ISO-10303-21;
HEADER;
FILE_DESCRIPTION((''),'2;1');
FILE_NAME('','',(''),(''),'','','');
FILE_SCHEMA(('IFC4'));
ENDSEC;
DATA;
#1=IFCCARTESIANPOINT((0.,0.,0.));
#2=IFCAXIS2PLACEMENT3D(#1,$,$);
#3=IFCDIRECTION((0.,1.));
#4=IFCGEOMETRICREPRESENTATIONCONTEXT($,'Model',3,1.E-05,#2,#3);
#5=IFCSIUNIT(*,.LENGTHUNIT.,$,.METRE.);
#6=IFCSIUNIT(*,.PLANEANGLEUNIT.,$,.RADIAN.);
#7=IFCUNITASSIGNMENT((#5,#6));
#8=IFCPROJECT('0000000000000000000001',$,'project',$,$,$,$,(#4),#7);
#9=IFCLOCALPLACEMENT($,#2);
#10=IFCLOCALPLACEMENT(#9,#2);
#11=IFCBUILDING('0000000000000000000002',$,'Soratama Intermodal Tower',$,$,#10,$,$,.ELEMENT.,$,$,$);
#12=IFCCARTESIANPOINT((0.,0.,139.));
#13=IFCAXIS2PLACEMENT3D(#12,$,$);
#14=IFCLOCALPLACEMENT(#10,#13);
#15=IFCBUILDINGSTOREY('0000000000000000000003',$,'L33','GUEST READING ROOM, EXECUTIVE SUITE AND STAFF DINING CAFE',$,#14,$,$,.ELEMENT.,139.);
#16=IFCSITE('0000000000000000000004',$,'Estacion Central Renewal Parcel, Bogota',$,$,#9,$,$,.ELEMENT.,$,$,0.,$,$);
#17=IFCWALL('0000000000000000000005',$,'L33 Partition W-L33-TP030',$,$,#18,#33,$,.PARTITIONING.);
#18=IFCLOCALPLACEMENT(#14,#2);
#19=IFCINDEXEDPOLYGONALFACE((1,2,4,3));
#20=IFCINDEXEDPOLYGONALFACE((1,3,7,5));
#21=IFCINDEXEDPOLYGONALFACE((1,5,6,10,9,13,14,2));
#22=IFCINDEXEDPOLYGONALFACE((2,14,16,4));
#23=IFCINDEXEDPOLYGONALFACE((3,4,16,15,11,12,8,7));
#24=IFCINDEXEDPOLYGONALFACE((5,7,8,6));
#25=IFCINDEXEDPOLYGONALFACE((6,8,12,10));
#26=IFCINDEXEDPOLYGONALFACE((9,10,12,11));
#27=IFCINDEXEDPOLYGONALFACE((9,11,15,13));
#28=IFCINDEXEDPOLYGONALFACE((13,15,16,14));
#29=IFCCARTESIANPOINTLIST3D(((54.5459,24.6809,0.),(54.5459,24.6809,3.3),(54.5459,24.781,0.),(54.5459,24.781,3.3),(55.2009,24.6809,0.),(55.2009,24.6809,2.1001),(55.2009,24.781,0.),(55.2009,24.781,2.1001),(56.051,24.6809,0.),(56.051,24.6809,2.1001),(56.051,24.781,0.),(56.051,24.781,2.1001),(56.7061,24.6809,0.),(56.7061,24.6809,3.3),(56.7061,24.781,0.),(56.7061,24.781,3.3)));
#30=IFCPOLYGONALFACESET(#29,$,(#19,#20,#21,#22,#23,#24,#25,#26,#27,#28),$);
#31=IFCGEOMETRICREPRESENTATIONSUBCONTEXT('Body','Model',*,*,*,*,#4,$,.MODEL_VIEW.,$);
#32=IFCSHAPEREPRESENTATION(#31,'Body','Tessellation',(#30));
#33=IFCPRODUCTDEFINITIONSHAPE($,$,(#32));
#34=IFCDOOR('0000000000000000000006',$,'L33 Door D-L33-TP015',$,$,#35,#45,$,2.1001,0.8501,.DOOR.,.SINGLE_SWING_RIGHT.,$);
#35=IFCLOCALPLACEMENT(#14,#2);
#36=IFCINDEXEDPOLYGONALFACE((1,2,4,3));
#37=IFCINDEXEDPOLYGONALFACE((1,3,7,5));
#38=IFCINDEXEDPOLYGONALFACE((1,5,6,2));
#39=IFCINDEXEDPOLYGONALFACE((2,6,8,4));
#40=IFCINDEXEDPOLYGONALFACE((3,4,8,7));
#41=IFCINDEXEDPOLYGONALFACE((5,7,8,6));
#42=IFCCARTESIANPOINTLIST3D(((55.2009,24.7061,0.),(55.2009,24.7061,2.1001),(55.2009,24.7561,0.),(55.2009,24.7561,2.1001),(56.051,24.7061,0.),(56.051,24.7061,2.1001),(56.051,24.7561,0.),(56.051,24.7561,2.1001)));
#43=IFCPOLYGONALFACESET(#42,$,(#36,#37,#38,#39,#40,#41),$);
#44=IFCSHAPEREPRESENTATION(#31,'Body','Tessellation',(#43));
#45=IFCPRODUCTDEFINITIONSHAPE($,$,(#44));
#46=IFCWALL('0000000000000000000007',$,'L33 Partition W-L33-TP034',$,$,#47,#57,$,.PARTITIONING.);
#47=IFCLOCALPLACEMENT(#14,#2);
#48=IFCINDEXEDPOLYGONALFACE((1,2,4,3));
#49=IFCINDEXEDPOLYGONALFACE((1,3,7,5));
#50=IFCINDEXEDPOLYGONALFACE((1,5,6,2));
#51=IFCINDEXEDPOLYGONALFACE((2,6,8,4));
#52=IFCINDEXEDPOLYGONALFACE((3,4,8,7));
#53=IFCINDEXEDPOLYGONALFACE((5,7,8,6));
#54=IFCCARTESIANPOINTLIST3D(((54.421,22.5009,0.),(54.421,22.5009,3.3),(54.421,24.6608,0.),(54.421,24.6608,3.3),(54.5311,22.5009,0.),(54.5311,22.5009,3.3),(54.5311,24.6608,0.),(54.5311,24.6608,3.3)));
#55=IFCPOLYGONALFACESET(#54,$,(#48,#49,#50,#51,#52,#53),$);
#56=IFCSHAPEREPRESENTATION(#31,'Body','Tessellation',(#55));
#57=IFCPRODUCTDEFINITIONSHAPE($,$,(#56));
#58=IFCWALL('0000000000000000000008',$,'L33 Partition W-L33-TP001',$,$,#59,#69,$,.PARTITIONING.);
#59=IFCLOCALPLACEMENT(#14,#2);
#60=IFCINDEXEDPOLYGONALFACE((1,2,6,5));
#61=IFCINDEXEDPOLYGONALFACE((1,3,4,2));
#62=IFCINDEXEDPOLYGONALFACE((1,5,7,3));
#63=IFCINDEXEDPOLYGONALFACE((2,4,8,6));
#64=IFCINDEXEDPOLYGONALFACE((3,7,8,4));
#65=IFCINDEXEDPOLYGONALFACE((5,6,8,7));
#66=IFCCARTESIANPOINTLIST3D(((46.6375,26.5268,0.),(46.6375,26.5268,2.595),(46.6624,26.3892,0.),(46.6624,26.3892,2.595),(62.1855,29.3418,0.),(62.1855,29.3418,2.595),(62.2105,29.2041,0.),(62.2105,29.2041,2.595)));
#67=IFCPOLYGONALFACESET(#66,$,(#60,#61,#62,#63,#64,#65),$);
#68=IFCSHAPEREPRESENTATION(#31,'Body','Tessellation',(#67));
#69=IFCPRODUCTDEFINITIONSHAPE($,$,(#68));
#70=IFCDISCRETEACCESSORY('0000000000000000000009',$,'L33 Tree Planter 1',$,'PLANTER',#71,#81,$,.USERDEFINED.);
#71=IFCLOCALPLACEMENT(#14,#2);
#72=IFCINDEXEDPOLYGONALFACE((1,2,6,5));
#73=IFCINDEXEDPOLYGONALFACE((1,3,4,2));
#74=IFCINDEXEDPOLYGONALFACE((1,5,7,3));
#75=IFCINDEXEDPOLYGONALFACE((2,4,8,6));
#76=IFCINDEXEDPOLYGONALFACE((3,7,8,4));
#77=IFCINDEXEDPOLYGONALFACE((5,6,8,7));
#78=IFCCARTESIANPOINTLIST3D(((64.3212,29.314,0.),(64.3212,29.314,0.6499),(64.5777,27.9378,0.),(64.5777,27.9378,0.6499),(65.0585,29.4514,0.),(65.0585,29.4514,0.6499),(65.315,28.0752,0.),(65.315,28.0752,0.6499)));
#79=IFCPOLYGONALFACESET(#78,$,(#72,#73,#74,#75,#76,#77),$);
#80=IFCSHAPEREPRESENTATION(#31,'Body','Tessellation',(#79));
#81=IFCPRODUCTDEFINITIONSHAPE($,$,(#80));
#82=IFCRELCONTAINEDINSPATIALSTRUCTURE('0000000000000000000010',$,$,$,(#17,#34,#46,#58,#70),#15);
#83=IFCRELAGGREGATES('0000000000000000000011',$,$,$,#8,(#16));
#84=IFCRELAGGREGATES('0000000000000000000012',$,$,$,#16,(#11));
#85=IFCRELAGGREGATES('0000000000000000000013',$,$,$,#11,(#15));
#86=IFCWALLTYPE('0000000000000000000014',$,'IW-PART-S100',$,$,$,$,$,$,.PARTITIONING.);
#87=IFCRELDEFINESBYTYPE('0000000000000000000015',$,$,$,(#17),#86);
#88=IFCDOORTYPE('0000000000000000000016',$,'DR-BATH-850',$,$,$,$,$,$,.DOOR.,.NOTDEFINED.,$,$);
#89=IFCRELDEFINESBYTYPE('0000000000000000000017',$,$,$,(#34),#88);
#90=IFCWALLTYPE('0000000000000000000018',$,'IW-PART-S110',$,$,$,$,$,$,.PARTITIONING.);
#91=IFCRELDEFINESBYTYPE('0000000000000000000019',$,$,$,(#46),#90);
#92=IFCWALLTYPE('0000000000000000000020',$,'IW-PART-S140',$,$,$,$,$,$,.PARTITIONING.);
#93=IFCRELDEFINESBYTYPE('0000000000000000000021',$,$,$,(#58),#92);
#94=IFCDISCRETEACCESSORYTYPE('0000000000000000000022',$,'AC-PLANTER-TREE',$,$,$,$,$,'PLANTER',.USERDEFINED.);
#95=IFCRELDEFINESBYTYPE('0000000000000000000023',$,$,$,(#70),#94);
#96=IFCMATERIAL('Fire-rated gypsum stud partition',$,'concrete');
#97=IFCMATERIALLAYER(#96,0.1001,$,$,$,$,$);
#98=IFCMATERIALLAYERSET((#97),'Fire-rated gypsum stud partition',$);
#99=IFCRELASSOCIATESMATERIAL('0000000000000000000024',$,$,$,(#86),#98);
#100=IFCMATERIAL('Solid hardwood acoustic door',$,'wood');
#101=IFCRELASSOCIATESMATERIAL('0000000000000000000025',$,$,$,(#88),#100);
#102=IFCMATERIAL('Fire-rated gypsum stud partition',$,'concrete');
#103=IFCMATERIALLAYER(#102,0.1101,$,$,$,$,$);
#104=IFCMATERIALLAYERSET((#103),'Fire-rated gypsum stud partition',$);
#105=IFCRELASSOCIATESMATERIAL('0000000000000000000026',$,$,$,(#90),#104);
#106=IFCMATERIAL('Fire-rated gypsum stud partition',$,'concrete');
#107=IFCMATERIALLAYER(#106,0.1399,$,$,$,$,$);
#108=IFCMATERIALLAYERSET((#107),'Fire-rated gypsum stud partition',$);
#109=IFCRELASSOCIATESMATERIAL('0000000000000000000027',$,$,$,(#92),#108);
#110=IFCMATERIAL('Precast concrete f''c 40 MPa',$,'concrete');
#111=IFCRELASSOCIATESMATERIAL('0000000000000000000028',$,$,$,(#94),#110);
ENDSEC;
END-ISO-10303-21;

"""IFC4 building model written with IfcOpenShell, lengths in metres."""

from ifc_helpers import new_model, si_unit, direction, frame, frame_2d, origin, origin_2d, place, context, subcontext, project, spatial, rectangle, extrude, material, layer, layer_set, type_object, element, fill, save


model = new_model("IFC4")

# Units and contexts
model_context = context("Model", 3, precision=1e-05, world=origin(), true_north=direction((0.0, 1.0)))
body_context = subcontext(model_context, "Body", "Model", "MODEL_VIEW")
ifc_project = project(units=[si_unit("LENGTHUNIT", "METRE"), si_unit("PLANEANGLEUNIT", "RADIAN")], contexts=[model_context])

# Site, building, storey
site_placement = place(None, origin())
site = spatial("IfcSite", under=ifc_project, at=site_placement, Name="Estacion Central Renewal Parcel, Bogota", CompositionType="ELEMENT", RefElevation=0.0)
building_placement = place(site_placement, origin())
building = spatial("IfcBuilding", under=site, at=building_placement, Name="Soratama Intermodal Tower", CompositionType="ELEMENT")
storey_placement = place(building_placement, frame((0.0, 0.0, 139.0)))
storey = spatial("IfcBuildingStorey", under=building, at=storey_placement, Name="L33", Description="GUEST READING ROOM, EXECUTIVE SUITE AND STAFF DINING CAFE", CompositionType="ELEMENT", Elevation=139.0)

# Wall, opening, door
ifc_material_1 = material(Name="Fire-rated gypsum stud partition", Category="concrete")
ifc_layer_1 = layer(ifc_material_1, 0.1001)
ifc_layer_set_1 = layer_set([ifc_layer_1], Name="Fire-rated gypsum stud partition")
wall_type_1 = type_object("IfcWallType", Name="IW-PART-S100", PredefinedType="PARTITIONING", material=ifc_layer_set_1)
wall_1_placement = place(storey_placement, frame((56.7061, 24.731, 0.0), z_axis=(0.0, 0.0, 1.0), x_axis=(-1.0, 0.0, 0.0)))
wall_1 = element("IfcWall", 1, at=wall_1_placement, inside=storey, type_object=wall_type_1, Name="L33 Partition W-L33-TP030", PredefinedType="PARTITIONING", context=body_context, shape_type="SweptSolid", body=[
    extrude(rectangle(XDim=2.1602, YDim=0.1001, at=frame_2d((1.0801, 0.0))), origin(), (0.0, 0.0, 1.0), 3.3),
])
opening_1_placement = place(wall_1_placement, frame((0.655, 0.0, 0.0)))
opening_1 = element("IfcOpeningElement", 2, at=opening_1_placement, cuts=wall_1, PredefinedType="OPENING", context=body_context, shape_type="SweptSolid", body=[
    extrude(rectangle(XDim=0.8501, YDim=2.1001, at=frame_2d((0.425, 1.05))), frame((0.0, 0.0601, 0.0), z_axis=(0.0, -1.0, 0.0), x_axis=(1.0, 0.0, 0.0)), (0.0, 0.0, 1.0), 0.1201),
])
ifc_material_2 = material(Name="Solid hardwood acoustic door", Category="wood")
door_type_1 = type_object("IfcDoorType", Name="DR-BATH-850", OperationType="NOTDEFINED", PredefinedType="DOOR", material=ifc_material_2)
door_1_placement = place(opening_1_placement, origin())
door_1 = element("IfcDoor", 3, at=door_1_placement, inside=storey, type_object=door_type_1, Name="L33 Door D-L33-TP015", OperationType="SINGLE_SWING_RIGHT", OverallHeight=2.1001, OverallWidth=0.8501, PredefinedType="DOOR", context=body_context, shape_type="SweptSolid", body=[
    extrude(rectangle(XDim=0.8501, YDim=2.1001, at=frame_2d((0.425, 1.05))), frame((0.0, 0.0249, 0.0), z_axis=(0.0, -1.0, 0.0), x_axis=(1.0, 0.0, 0.0)), (0.0, 0.0, 1.0), 0.05),
])
fill(opening_1, door_1)

# Walls
ifc_material_3 = material(Name="Fire-rated gypsum stud partition", Category="concrete")
ifc_layer_2 = layer(ifc_material_3, 0.1101)
ifc_layer_set_2 = layer_set([ifc_layer_2], Name="Fire-rated gypsum stud partition")
wall_type_2 = type_object("IfcWallType", Name="IW-PART-S110", PredefinedType="PARTITIONING", material=ifc_layer_set_2)
wall_2_placement = place(storey_placement, frame((54.4761, 24.6609, 0.0), z_axis=(0.0, 0.0, 1.0), x_axis=(0.0, -1.0, 0.0)))
element("IfcWall", 4, at=wall_2_placement, inside=storey, type_object=wall_type_2, Name="L33 Partition W-L33-TP034", PredefinedType="PARTITIONING", context=body_context, shape_type="SweptSolid", body=[
    extrude(rectangle(XDim=2.1599, YDim=0.1101, at=frame_2d((1.0801, 0.0))), origin(), (0.0, 0.0, 1.0), 3.3),
])
ifc_material_4 = material(Name="Fire-rated gypsum stud partition", Category="concrete")
ifc_layer_3 = layer(ifc_material_4, 0.1399)
ifc_layer_set_3 = layer_set([ifc_layer_3], Name="Fire-rated gypsum stud partition")
wall_type_3 = type_object("IfcWallType", Name="IW-PART-S140", PredefinedType="PARTITIONING", material=ifc_layer_set_3)
wall_3_placement = place(storey_placement, frame((62.198, 29.2729, 0.0), z_axis=(0.0, 0.0, 1.0), x_axis=(-0.984003, -0.178151, 0.0)))
element("IfcWall", 5, at=wall_3_placement, inside=storey, type_object=wall_type_3, Name="L33 Partition W-L33-TP001", PredefinedType="PARTITIONING", context=body_context, shape_type="SweptSolid", body=[
    extrude(rectangle(XDim=15.8008, YDim=0.1399, at=frame_2d((7.9004, 0.0))), origin(), (0.0, 0.0, 1.0), 2.595),
])

# Discrete accessory
ifc_material_5 = material(Name="Precast concrete f'c 40 MPa", Category="concrete")
discrete_accessory_type = type_object("IfcDiscreteAccessoryType", Name="AC-PLANTER-TREE", ElementType="PLANTER", PredefinedType="USERDEFINED", material=ifc_material_5)
discrete_accessory_placement = place(storey_placement, frame((64.8181, 28.6946, 0.0), z_axis=(0.0, 0.0, 1.0), x_axis=(0.983064, 0.183265, 0.0)))
element("IfcDiscreteAccessory", 6, at=discrete_accessory_placement, inside=storey, type_object=discrete_accessory_type, Name="L33 Tree Planter 1", ObjectType="PLANTER", PredefinedType="USERDEFINED", context=body_context, shape_type="SweptSolid", body=[
    extrude(rectangle(XDim=0.75, YDim=1.3999, at=origin_2d()), origin(), (0.0, 0.0, 1.0), 0.6499),
])

save(model, "model.ifc")
